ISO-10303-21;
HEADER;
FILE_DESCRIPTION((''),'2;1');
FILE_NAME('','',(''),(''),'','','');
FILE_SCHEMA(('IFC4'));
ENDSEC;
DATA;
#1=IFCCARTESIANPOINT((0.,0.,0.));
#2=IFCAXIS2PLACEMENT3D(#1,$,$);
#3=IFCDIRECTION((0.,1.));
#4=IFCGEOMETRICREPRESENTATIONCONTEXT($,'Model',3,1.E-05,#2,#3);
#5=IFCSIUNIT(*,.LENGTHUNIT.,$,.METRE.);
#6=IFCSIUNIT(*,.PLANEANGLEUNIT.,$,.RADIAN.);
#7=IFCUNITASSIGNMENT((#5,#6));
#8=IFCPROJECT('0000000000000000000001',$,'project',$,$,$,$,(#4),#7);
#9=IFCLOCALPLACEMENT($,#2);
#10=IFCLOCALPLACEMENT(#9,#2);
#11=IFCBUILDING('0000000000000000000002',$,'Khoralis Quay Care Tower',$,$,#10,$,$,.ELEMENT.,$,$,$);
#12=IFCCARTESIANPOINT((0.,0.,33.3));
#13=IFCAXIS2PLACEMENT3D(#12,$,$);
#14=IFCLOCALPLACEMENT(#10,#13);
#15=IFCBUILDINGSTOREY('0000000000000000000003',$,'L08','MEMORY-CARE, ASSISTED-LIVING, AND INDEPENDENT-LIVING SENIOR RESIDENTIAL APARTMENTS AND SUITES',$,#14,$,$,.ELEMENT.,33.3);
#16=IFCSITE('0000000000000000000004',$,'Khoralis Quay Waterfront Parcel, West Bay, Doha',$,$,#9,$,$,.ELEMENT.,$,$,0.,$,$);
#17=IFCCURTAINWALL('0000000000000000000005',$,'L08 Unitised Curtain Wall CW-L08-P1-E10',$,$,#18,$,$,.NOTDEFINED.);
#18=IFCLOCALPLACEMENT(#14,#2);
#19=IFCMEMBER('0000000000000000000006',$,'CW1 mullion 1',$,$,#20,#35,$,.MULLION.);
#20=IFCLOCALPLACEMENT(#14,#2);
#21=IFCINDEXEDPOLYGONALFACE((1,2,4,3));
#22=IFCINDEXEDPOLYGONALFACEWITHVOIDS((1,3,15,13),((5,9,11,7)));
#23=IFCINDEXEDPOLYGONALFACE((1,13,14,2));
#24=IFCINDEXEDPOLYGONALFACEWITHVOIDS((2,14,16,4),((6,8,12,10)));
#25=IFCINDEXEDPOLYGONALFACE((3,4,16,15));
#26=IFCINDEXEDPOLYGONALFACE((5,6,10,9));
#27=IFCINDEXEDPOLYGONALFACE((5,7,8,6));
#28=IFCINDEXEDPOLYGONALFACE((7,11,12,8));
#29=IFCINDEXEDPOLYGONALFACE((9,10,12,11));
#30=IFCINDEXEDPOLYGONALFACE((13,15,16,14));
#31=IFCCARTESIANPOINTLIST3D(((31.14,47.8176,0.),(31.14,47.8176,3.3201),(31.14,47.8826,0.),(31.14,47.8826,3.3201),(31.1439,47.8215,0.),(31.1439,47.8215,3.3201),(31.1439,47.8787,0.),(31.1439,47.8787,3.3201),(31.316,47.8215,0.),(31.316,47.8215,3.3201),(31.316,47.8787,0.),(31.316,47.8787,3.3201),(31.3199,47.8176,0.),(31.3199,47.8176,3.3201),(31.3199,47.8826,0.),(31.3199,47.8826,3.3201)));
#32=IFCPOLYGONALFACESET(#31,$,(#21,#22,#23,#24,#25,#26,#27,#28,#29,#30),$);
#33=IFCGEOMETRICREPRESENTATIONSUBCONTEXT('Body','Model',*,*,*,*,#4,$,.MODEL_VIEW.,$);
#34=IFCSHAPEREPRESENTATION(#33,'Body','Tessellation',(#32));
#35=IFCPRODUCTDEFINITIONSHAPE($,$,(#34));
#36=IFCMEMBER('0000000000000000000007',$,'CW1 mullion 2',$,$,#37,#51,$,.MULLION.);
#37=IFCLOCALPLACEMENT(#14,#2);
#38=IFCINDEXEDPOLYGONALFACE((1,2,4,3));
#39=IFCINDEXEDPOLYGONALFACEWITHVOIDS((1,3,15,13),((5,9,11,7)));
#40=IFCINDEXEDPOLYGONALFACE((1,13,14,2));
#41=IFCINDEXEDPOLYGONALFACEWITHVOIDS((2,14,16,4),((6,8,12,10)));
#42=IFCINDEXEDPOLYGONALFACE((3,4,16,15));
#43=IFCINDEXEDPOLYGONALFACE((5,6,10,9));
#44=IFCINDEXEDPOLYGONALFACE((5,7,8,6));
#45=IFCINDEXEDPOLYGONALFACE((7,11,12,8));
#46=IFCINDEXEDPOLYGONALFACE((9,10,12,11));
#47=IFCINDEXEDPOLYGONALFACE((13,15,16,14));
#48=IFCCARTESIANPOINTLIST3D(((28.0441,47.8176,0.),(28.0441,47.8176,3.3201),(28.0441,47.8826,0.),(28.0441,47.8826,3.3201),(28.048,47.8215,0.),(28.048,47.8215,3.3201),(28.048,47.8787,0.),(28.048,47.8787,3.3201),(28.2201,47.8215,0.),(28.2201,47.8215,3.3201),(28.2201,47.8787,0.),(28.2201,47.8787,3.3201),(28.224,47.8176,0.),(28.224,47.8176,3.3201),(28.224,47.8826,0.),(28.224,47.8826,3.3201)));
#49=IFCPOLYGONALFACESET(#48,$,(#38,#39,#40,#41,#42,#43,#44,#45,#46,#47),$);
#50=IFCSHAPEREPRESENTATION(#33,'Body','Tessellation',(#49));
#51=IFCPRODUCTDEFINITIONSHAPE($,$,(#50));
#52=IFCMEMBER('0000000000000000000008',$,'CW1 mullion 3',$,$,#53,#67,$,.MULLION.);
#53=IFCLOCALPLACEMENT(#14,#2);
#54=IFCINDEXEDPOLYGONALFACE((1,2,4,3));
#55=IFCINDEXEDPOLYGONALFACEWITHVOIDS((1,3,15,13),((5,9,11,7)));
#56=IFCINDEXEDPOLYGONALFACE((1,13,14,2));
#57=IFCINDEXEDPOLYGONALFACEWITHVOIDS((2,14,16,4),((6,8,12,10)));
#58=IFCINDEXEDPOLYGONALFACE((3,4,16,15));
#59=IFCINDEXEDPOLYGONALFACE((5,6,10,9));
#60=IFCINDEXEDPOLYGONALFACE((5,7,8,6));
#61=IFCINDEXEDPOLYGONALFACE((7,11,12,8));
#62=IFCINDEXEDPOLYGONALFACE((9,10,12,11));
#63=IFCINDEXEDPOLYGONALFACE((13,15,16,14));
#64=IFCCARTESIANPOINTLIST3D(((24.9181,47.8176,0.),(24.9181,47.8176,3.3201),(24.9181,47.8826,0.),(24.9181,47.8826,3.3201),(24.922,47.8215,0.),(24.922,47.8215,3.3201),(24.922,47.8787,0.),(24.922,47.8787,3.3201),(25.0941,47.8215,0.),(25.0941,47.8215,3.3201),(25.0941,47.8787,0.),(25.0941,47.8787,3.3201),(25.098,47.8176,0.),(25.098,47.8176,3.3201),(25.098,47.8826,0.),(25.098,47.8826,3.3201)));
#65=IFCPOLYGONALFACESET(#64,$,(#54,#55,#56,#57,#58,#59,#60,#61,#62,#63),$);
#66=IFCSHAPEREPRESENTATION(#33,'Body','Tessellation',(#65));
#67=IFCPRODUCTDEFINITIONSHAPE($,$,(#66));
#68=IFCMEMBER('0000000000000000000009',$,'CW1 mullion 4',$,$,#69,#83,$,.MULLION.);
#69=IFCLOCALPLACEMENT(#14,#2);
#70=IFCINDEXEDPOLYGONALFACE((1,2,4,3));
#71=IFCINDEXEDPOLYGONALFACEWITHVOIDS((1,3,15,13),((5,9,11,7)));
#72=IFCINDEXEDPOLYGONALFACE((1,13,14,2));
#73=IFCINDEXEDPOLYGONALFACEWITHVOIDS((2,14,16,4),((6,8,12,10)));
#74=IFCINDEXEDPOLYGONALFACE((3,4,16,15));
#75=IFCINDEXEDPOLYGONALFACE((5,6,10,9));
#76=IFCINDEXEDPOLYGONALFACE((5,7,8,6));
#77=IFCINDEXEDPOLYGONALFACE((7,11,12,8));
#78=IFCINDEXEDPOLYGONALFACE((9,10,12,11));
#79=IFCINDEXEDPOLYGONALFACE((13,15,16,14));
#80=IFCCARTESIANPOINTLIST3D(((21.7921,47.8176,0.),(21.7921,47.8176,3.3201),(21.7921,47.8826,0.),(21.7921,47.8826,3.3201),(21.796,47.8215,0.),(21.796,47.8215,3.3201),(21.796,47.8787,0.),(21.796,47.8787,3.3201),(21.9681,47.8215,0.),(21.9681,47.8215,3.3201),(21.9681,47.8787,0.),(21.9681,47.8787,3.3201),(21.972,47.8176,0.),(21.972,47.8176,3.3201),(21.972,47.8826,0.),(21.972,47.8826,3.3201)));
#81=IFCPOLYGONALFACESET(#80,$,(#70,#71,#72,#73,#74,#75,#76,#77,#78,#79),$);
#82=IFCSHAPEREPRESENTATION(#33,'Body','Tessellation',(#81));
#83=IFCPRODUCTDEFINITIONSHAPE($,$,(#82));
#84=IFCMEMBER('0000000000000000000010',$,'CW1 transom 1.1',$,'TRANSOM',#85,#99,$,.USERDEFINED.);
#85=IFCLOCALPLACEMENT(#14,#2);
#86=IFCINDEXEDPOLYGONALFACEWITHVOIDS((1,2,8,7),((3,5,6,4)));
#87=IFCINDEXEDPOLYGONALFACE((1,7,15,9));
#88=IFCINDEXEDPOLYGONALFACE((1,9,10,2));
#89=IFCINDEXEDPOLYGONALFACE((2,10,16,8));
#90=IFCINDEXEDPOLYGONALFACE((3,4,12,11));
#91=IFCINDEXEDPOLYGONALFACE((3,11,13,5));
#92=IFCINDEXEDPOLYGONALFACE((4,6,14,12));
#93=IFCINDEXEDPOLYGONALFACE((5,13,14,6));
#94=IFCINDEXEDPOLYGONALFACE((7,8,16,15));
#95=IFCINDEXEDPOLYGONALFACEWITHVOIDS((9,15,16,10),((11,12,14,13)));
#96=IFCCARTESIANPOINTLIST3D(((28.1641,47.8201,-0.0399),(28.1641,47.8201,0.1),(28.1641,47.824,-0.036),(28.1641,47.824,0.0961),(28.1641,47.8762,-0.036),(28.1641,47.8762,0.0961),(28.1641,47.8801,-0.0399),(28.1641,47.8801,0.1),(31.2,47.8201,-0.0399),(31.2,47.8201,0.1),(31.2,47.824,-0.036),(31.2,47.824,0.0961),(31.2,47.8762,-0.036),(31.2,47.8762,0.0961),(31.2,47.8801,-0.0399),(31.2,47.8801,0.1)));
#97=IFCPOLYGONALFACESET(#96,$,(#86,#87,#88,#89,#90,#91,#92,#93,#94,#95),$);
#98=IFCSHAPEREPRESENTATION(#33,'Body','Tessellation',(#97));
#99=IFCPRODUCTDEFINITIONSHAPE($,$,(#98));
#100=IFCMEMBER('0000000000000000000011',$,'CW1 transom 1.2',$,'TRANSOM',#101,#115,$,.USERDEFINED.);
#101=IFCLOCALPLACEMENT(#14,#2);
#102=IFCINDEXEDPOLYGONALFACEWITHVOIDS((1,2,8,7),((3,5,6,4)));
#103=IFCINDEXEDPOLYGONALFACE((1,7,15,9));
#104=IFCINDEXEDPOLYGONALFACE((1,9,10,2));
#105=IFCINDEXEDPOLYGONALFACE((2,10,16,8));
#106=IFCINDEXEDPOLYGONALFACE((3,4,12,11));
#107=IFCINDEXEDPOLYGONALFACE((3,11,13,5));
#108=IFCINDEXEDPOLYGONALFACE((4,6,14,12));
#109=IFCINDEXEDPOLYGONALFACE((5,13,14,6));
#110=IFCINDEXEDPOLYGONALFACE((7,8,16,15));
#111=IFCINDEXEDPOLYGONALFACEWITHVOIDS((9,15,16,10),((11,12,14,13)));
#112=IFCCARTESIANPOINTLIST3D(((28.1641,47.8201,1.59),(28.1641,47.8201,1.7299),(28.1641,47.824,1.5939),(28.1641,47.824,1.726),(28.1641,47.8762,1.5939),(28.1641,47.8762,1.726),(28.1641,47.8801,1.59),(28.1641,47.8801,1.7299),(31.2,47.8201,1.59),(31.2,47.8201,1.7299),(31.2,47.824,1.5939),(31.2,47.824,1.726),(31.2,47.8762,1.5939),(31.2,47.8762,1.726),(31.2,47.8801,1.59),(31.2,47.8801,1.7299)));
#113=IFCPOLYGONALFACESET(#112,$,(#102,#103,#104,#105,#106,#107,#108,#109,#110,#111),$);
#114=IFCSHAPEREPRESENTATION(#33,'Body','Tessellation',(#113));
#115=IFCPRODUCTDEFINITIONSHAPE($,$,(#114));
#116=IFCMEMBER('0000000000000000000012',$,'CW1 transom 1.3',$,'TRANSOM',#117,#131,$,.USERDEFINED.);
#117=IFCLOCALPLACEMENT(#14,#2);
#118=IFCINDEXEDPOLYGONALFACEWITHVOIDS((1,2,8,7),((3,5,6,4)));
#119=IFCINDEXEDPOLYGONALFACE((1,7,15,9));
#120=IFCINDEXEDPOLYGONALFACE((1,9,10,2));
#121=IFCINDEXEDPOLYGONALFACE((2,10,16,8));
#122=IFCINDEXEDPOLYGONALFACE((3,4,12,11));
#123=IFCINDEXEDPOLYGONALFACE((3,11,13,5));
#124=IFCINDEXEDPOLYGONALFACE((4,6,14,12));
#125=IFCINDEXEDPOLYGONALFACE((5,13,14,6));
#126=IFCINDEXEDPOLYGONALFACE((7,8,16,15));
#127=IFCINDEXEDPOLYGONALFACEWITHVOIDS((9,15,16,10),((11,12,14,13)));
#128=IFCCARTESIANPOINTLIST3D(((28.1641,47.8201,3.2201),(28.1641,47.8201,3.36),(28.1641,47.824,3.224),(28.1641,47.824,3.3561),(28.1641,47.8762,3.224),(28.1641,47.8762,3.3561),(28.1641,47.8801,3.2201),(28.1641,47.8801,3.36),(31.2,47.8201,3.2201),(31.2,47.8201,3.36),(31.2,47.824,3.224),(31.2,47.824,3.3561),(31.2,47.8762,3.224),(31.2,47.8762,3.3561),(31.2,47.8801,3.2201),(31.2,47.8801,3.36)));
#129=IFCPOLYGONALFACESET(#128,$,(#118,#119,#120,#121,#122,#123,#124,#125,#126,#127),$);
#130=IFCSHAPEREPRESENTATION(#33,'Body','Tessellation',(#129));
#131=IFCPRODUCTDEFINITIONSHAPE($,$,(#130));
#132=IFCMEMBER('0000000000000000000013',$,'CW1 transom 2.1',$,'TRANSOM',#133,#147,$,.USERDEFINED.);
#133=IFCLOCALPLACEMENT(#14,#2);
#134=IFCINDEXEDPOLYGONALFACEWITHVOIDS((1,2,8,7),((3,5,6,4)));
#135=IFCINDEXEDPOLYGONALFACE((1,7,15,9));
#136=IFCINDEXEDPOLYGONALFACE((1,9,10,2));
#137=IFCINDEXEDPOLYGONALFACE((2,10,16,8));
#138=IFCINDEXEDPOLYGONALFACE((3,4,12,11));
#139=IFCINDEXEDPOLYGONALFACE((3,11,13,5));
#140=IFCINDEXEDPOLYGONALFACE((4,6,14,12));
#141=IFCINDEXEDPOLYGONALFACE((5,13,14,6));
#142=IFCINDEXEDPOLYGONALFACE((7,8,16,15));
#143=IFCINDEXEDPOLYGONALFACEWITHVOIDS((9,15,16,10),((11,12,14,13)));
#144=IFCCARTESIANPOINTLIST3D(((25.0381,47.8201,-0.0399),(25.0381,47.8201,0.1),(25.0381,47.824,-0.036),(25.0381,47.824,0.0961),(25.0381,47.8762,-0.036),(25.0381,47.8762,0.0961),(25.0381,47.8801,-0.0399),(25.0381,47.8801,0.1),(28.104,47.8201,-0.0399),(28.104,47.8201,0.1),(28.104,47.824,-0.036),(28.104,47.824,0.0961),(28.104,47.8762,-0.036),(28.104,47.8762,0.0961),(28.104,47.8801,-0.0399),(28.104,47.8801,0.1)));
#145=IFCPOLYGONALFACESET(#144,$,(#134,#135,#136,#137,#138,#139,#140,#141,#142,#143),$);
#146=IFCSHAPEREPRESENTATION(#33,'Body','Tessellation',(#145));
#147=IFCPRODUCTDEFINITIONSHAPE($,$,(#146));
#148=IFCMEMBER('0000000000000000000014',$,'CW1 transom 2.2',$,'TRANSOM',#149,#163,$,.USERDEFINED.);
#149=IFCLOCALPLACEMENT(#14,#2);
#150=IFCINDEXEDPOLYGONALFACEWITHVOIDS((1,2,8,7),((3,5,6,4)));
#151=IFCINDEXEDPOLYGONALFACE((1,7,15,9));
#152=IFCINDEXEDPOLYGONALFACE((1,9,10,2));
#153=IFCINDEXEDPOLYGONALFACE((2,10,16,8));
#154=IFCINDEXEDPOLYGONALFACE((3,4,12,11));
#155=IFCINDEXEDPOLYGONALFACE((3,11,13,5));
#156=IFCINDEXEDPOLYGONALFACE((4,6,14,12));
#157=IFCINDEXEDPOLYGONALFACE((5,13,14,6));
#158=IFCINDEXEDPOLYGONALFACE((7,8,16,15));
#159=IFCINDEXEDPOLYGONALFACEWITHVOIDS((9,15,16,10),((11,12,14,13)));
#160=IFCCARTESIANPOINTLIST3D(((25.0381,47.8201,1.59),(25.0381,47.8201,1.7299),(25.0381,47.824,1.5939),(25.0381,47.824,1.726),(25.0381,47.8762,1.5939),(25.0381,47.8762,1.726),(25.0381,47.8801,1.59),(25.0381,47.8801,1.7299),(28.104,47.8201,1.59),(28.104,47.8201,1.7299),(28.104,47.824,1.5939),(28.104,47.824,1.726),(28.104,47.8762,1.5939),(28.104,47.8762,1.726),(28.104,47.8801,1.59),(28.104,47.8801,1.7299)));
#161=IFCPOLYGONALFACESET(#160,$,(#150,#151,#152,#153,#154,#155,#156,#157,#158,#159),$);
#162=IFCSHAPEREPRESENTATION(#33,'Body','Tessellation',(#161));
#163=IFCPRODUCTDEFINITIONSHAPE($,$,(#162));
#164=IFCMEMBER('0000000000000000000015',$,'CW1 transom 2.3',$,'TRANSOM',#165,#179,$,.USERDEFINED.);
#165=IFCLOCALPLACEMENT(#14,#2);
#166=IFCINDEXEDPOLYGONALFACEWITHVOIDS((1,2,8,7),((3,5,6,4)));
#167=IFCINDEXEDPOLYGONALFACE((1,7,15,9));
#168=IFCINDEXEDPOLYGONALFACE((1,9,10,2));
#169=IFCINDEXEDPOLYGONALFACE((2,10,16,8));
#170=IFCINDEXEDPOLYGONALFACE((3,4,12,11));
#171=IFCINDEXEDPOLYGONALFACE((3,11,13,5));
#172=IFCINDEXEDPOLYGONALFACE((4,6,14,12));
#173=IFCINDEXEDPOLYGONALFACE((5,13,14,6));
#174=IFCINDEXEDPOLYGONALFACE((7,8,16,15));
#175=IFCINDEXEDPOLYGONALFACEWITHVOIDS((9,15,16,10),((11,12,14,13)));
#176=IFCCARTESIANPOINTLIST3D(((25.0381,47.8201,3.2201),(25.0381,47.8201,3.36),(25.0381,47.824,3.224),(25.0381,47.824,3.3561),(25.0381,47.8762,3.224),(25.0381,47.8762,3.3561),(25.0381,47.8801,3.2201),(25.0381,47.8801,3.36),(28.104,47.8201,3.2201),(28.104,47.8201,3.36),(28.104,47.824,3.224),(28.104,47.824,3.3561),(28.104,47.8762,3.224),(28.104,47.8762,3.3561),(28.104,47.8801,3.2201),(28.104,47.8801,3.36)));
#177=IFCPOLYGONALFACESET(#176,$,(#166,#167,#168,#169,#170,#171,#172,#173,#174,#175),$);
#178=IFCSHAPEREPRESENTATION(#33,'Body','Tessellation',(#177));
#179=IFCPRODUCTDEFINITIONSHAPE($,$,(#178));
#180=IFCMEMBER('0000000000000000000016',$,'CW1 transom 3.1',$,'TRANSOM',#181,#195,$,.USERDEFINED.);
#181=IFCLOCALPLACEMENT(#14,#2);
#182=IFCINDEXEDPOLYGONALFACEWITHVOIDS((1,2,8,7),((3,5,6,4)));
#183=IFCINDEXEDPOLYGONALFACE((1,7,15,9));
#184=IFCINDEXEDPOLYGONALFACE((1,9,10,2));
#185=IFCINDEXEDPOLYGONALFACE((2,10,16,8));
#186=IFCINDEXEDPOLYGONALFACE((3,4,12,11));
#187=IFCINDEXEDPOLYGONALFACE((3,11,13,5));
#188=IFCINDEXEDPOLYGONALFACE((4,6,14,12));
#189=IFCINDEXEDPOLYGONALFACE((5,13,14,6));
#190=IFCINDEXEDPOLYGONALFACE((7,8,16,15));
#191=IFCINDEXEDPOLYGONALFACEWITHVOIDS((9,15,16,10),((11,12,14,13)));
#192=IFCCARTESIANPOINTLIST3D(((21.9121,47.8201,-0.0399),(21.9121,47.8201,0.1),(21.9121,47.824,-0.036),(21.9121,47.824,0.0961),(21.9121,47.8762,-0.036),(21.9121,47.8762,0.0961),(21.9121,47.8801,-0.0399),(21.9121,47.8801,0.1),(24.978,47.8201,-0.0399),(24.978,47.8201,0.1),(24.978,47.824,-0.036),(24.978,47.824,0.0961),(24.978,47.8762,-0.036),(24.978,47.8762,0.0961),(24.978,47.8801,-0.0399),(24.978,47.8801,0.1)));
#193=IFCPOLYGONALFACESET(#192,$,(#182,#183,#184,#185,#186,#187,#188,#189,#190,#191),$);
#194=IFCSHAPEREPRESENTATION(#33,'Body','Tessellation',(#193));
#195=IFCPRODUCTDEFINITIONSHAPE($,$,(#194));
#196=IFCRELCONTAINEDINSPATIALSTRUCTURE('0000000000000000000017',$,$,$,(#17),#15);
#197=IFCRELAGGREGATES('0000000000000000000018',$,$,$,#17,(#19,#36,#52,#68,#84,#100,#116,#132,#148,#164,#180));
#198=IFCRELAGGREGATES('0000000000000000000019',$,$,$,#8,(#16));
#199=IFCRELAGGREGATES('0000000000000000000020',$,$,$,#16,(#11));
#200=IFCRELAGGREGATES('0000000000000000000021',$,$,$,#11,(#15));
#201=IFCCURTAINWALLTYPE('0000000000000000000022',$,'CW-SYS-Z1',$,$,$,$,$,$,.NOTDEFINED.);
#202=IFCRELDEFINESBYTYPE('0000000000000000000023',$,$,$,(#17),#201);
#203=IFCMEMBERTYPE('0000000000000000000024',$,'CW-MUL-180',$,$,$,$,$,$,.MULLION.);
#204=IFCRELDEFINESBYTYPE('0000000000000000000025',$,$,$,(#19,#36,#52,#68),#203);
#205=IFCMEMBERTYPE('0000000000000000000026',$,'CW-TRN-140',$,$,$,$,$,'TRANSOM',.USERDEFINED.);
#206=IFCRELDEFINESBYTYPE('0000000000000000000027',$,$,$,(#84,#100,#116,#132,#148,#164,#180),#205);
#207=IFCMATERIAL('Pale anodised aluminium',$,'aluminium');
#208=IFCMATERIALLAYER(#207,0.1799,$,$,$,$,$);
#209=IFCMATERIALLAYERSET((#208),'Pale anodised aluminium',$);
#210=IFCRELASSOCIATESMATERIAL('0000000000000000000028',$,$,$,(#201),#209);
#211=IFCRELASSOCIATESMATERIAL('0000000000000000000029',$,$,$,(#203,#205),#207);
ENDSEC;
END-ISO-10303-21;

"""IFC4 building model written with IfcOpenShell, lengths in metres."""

from ifc_helpers import new_model, si_unit, direction, frame, origin, origin_2d, place, context, subcontext, project, spatial, hollow_rectangle, extrude, source, transform, mapped, material, layer, layer_set, material_profile, profile_set, type_object, element, aggregate, save


model = new_model("IFC4")

# Units and contexts
model_context = context("Model", 3, precision=1e-05, world=origin(), true_north=direction((0.0, 1.0)))
body_context = subcontext(model_context, "Body", "Model", "MODEL_VIEW")
ifc_project = project(units=[si_unit("LENGTHUNIT", "METRE"), si_unit("PLANEANGLEUNIT", "RADIAN")], contexts=[model_context])

# Site, building, storey
site_placement = place(None, origin())
site = spatial("IfcSite", under=ifc_project, at=site_placement, Name="Khoralis Quay Waterfront Parcel, West Bay, Doha", CompositionType="ELEMENT", RefElevation=0.0)
building_placement = place(site_placement, origin())
building = spatial("IfcBuilding", under=site, at=building_placement, Name="Khoralis Quay Care Tower", CompositionType="ELEMENT")
storey_placement = place(building_placement, frame((0.0, 0.0, 33.3)))
storey = spatial("IfcBuildingStorey", under=building, at=storey_placement, Name="L08", Description="MEMORY-CARE, ASSISTED-LIVING, AND INDEPENDENT-LIVING SENIOR RESIDENTIAL APARTMENTS AND SUITES", CompositionType="ELEMENT", Elevation=33.3)

# Curtain wall, members
ifc_material_1 = material(Name="Pale anodised aluminium", Category="aluminium")
ifc_layer_1 = layer(ifc_material_1, 0.1799)
ifc_layer_set_1 = layer_set([ifc_layer_1], Name="Pale anodised aluminium")
curtain_wall_type = type_object("IfcCurtainWallType", Name="CW-SYS-Z1", PredefinedType="NOTDEFINED", material=ifc_layer_set_1)
curtain_wall_placement = place(storey_placement, origin())
curtain_wall = element("IfcCurtainWall", 1, at=curtain_wall_placement, inside=storey, type_object=curtain_wall_type, Name="L08 Unitised Curtain Wall CW-L08-P1-E10", PredefinedType="NOTDEFINED")
ifc_material_profile_1 = material_profile(ifc_material_1, hollow_rectangle(XDim=0.0649, YDim=0.1799, WallThickness=0.0039, at=origin_2d()), Name="Pale anodised aluminium")
ifc_profile_set_1 = profile_set([ifc_material_profile_1], Name="Pale anodised aluminium")
member_type_1 = type_object("IfcMemberType", Name="CW-MUL-180", PredefinedType="MULLION", material=ifc_profile_set_1)
shared_shape_1 = source(origin(), body_context, "Body", "SweptSolid", [
    extrude(hollow_rectangle(XDim=0.0649, YDim=0.1799, WallThickness=0.0039, at=origin_2d()), origin(), (0.0, 0.0, 1.0), 3.3201),
])
member_1_placement = place(storey_placement, frame((31.23, 47.8501, 0.0), z_axis=(0.0, 0.0, 1.0), x_axis=(0.0, -1.0, 0.0)))
member_1 = element("IfcMember", 2, at=member_1_placement, type_object=member_type_1, Name="CW1 mullion 1", PredefinedType="MULLION", context=body_context, shape_type="MappedRepresentation", body=[
    mapped(shared_shape_1, transform((0.0, 0.0, 0.0), scale=1.0)),
])
member_2_placement = place(storey_placement, frame((28.134, 47.8501, 0.0), z_axis=(0.0, 0.0, 1.0), x_axis=(0.0, -1.0, 0.0)))
member_2 = element("IfcMember", 3, at=member_2_placement, type_object=member_type_1, Name="CW1 mullion 2", PredefinedType="MULLION", context=body_context, shape_type="MappedRepresentation", body=[
    mapped(shared_shape_1, transform((0.0, 0.0, 0.0), scale=1.0)),
])
member_3_placement = place(storey_placement, frame((25.0081, 47.8501, 0.0), z_axis=(0.0, 0.0, 1.0), x_axis=(0.0, -1.0, 0.0)))
member_3 = element("IfcMember", 4, at=member_3_placement, type_object=member_type_1, Name="CW1 mullion 3", PredefinedType="MULLION", context=body_context, shape_type="MappedRepresentation", body=[
    mapped(shared_shape_1, transform((0.0, 0.0, 0.0), scale=1.0)),
])
member_4_placement = place(storey_placement, frame((21.8821, 47.8501, 0.0), z_axis=(0.0, 0.0, 1.0), x_axis=(0.0, -1.0, 0.0)))
member_4 = element("IfcMember", 5, at=member_4_placement, type_object=member_type_1, Name="CW1 mullion 4", PredefinedType="MULLION", context=body_context, shape_type="MappedRepresentation", body=[
    mapped(shared_shape_1, transform((0.0, 0.0, 0.0), scale=1.0)),
])
ifc_material_profile_2 = material_profile(ifc_material_1, hollow_rectangle(XDim=0.0601, YDim=0.1399, WallThickness=0.0039, at=origin_2d()), Name="Pale anodised aluminium")
ifc_profile_set_2 = profile_set([ifc_material_profile_2], Name="Pale anodised aluminium")
member_type_2 = type_object("IfcMemberType", Name="CW-TRN-140", ElementType="TRANSOM", PredefinedType="USERDEFINED", material=ifc_profile_set_2)
shared_shape_2 = source(origin(), body_context, "Body", "SweptSolid", [
    extrude(hollow_rectangle(XDim=0.0601, YDim=0.1399, WallThickness=0.0039, at=origin_2d()), origin(), (0.0, 0.0, 1.0), 3.0359),
])
member_5_placement = place(storey_placement, frame((31.2, 47.8501, 0.03), z_axis=(-1.0, 0.0, 0.0), x_axis=(0.0, -1.0, 0.0)))
member_5 = element("IfcMember", 6, at=member_5_placement, type_object=member_type_2, Name="CW1 transom 1.1", ObjectType="TRANSOM", PredefinedType="USERDEFINED", context=body_context, shape_type="MappedRepresentation", body=[
    mapped(shared_shape_2, transform((0.0, 0.0, 0.0), scale=1.0)),
])
member_6_placement = place(storey_placement, frame((31.2, 47.8501, 1.6599), z_axis=(-1.0, 0.0, 0.0), x_axis=(0.0, -1.0, 0.0)))
member_6 = element("IfcMember", 7, at=member_6_placement, type_object=member_type_2, Name="CW1 transom 1.2", ObjectType="TRANSOM", PredefinedType="USERDEFINED", context=body_context, shape_type="MappedRepresentation", body=[
    mapped(shared_shape_2, transform((0.0, 0.0, 0.0), scale=1.0)),
])
member_7_placement = place(storey_placement, frame((31.2, 47.8501, 3.29), z_axis=(-1.0, 0.0, 0.0), x_axis=(0.0, -1.0, 0.0)))
member_7 = element("IfcMember", 8, at=member_7_placement, type_object=member_type_2, Name="CW1 transom 1.3", ObjectType="TRANSOM", PredefinedType="USERDEFINED", context=body_context, shape_type="MappedRepresentation", body=[
    mapped(shared_shape_2, transform((0.0, 0.0, 0.0), scale=1.0)),
])
shared_shape_3 = source(origin(), body_context, "Body", "SweptSolid", [
    extrude(hollow_rectangle(XDim=0.0601, YDim=0.1399, WallThickness=0.0039, at=origin_2d()), origin(), (0.0, 0.0, 1.0), 3.0659),
])
member_8_placement = place(storey_placement, frame((28.104, 47.8501, 0.03), z_axis=(-1.0, 0.0, 0.0), x_axis=(0.0, -1.0, 0.0)))
member_8 = element("IfcMember", 9, at=member_8_placement, type_object=member_type_2, Name="CW1 transom 2.1", ObjectType="TRANSOM", PredefinedType="USERDEFINED", context=body_context, shape_type="MappedRepresentation", body=[
    mapped(shared_shape_3, transform((0.0, 0.0, 0.0), scale=1.0)),
])
member_9_placement = place(storey_placement, frame((28.104, 47.8501, 1.6599), z_axis=(-1.0, 0.0, 0.0), x_axis=(0.0, -1.0, 0.0)))
member_9 = element("IfcMember", 10, at=member_9_placement, type_object=member_type_2, Name="CW1 transom 2.2", ObjectType="TRANSOM", PredefinedType="USERDEFINED", context=body_context, shape_type="MappedRepresentation", body=[
    mapped(shared_shape_3, transform((0.0, 0.0, 0.0), scale=1.0)),
])
member_10_placement = place(storey_placement, frame((28.104, 47.8501, 3.29), z_axis=(-1.0, 0.0, 0.0), x_axis=(0.0, -1.0, 0.0)))
member_10 = element("IfcMember", 11, at=member_10_placement, type_object=member_type_2, Name="CW1 transom 2.3", ObjectType="TRANSOM", PredefinedType="USERDEFINED", context=body_context, shape_type="MappedRepresentation", body=[
    mapped(shared_shape_3, transform((0.0, 0.0, 0.0), scale=1.0)),
])
member_11_placement = place(storey_placement, frame((24.978, 47.8501, 0.03), z_axis=(-1.0, 0.0, 0.0), x_axis=(0.0, -1.0, 0.0)))
member_11 = element("IfcMember", 12, at=member_11_placement, type_object=member_type_2, Name="CW1 transom 3.1", ObjectType="TRANSOM", PredefinedType="USERDEFINED", context=body_context, shape_type="MappedRepresentation", body=[
    mapped(shared_shape_3, transform((0.0, 0.0, 0.0), scale=1.0)),
])
aggregate(curtain_wall, [member_1, member_2, member_3, member_4, member_5, member_6, member_7, member_8, member_9, member_10, member_11])

save(model, "model.ifc")
